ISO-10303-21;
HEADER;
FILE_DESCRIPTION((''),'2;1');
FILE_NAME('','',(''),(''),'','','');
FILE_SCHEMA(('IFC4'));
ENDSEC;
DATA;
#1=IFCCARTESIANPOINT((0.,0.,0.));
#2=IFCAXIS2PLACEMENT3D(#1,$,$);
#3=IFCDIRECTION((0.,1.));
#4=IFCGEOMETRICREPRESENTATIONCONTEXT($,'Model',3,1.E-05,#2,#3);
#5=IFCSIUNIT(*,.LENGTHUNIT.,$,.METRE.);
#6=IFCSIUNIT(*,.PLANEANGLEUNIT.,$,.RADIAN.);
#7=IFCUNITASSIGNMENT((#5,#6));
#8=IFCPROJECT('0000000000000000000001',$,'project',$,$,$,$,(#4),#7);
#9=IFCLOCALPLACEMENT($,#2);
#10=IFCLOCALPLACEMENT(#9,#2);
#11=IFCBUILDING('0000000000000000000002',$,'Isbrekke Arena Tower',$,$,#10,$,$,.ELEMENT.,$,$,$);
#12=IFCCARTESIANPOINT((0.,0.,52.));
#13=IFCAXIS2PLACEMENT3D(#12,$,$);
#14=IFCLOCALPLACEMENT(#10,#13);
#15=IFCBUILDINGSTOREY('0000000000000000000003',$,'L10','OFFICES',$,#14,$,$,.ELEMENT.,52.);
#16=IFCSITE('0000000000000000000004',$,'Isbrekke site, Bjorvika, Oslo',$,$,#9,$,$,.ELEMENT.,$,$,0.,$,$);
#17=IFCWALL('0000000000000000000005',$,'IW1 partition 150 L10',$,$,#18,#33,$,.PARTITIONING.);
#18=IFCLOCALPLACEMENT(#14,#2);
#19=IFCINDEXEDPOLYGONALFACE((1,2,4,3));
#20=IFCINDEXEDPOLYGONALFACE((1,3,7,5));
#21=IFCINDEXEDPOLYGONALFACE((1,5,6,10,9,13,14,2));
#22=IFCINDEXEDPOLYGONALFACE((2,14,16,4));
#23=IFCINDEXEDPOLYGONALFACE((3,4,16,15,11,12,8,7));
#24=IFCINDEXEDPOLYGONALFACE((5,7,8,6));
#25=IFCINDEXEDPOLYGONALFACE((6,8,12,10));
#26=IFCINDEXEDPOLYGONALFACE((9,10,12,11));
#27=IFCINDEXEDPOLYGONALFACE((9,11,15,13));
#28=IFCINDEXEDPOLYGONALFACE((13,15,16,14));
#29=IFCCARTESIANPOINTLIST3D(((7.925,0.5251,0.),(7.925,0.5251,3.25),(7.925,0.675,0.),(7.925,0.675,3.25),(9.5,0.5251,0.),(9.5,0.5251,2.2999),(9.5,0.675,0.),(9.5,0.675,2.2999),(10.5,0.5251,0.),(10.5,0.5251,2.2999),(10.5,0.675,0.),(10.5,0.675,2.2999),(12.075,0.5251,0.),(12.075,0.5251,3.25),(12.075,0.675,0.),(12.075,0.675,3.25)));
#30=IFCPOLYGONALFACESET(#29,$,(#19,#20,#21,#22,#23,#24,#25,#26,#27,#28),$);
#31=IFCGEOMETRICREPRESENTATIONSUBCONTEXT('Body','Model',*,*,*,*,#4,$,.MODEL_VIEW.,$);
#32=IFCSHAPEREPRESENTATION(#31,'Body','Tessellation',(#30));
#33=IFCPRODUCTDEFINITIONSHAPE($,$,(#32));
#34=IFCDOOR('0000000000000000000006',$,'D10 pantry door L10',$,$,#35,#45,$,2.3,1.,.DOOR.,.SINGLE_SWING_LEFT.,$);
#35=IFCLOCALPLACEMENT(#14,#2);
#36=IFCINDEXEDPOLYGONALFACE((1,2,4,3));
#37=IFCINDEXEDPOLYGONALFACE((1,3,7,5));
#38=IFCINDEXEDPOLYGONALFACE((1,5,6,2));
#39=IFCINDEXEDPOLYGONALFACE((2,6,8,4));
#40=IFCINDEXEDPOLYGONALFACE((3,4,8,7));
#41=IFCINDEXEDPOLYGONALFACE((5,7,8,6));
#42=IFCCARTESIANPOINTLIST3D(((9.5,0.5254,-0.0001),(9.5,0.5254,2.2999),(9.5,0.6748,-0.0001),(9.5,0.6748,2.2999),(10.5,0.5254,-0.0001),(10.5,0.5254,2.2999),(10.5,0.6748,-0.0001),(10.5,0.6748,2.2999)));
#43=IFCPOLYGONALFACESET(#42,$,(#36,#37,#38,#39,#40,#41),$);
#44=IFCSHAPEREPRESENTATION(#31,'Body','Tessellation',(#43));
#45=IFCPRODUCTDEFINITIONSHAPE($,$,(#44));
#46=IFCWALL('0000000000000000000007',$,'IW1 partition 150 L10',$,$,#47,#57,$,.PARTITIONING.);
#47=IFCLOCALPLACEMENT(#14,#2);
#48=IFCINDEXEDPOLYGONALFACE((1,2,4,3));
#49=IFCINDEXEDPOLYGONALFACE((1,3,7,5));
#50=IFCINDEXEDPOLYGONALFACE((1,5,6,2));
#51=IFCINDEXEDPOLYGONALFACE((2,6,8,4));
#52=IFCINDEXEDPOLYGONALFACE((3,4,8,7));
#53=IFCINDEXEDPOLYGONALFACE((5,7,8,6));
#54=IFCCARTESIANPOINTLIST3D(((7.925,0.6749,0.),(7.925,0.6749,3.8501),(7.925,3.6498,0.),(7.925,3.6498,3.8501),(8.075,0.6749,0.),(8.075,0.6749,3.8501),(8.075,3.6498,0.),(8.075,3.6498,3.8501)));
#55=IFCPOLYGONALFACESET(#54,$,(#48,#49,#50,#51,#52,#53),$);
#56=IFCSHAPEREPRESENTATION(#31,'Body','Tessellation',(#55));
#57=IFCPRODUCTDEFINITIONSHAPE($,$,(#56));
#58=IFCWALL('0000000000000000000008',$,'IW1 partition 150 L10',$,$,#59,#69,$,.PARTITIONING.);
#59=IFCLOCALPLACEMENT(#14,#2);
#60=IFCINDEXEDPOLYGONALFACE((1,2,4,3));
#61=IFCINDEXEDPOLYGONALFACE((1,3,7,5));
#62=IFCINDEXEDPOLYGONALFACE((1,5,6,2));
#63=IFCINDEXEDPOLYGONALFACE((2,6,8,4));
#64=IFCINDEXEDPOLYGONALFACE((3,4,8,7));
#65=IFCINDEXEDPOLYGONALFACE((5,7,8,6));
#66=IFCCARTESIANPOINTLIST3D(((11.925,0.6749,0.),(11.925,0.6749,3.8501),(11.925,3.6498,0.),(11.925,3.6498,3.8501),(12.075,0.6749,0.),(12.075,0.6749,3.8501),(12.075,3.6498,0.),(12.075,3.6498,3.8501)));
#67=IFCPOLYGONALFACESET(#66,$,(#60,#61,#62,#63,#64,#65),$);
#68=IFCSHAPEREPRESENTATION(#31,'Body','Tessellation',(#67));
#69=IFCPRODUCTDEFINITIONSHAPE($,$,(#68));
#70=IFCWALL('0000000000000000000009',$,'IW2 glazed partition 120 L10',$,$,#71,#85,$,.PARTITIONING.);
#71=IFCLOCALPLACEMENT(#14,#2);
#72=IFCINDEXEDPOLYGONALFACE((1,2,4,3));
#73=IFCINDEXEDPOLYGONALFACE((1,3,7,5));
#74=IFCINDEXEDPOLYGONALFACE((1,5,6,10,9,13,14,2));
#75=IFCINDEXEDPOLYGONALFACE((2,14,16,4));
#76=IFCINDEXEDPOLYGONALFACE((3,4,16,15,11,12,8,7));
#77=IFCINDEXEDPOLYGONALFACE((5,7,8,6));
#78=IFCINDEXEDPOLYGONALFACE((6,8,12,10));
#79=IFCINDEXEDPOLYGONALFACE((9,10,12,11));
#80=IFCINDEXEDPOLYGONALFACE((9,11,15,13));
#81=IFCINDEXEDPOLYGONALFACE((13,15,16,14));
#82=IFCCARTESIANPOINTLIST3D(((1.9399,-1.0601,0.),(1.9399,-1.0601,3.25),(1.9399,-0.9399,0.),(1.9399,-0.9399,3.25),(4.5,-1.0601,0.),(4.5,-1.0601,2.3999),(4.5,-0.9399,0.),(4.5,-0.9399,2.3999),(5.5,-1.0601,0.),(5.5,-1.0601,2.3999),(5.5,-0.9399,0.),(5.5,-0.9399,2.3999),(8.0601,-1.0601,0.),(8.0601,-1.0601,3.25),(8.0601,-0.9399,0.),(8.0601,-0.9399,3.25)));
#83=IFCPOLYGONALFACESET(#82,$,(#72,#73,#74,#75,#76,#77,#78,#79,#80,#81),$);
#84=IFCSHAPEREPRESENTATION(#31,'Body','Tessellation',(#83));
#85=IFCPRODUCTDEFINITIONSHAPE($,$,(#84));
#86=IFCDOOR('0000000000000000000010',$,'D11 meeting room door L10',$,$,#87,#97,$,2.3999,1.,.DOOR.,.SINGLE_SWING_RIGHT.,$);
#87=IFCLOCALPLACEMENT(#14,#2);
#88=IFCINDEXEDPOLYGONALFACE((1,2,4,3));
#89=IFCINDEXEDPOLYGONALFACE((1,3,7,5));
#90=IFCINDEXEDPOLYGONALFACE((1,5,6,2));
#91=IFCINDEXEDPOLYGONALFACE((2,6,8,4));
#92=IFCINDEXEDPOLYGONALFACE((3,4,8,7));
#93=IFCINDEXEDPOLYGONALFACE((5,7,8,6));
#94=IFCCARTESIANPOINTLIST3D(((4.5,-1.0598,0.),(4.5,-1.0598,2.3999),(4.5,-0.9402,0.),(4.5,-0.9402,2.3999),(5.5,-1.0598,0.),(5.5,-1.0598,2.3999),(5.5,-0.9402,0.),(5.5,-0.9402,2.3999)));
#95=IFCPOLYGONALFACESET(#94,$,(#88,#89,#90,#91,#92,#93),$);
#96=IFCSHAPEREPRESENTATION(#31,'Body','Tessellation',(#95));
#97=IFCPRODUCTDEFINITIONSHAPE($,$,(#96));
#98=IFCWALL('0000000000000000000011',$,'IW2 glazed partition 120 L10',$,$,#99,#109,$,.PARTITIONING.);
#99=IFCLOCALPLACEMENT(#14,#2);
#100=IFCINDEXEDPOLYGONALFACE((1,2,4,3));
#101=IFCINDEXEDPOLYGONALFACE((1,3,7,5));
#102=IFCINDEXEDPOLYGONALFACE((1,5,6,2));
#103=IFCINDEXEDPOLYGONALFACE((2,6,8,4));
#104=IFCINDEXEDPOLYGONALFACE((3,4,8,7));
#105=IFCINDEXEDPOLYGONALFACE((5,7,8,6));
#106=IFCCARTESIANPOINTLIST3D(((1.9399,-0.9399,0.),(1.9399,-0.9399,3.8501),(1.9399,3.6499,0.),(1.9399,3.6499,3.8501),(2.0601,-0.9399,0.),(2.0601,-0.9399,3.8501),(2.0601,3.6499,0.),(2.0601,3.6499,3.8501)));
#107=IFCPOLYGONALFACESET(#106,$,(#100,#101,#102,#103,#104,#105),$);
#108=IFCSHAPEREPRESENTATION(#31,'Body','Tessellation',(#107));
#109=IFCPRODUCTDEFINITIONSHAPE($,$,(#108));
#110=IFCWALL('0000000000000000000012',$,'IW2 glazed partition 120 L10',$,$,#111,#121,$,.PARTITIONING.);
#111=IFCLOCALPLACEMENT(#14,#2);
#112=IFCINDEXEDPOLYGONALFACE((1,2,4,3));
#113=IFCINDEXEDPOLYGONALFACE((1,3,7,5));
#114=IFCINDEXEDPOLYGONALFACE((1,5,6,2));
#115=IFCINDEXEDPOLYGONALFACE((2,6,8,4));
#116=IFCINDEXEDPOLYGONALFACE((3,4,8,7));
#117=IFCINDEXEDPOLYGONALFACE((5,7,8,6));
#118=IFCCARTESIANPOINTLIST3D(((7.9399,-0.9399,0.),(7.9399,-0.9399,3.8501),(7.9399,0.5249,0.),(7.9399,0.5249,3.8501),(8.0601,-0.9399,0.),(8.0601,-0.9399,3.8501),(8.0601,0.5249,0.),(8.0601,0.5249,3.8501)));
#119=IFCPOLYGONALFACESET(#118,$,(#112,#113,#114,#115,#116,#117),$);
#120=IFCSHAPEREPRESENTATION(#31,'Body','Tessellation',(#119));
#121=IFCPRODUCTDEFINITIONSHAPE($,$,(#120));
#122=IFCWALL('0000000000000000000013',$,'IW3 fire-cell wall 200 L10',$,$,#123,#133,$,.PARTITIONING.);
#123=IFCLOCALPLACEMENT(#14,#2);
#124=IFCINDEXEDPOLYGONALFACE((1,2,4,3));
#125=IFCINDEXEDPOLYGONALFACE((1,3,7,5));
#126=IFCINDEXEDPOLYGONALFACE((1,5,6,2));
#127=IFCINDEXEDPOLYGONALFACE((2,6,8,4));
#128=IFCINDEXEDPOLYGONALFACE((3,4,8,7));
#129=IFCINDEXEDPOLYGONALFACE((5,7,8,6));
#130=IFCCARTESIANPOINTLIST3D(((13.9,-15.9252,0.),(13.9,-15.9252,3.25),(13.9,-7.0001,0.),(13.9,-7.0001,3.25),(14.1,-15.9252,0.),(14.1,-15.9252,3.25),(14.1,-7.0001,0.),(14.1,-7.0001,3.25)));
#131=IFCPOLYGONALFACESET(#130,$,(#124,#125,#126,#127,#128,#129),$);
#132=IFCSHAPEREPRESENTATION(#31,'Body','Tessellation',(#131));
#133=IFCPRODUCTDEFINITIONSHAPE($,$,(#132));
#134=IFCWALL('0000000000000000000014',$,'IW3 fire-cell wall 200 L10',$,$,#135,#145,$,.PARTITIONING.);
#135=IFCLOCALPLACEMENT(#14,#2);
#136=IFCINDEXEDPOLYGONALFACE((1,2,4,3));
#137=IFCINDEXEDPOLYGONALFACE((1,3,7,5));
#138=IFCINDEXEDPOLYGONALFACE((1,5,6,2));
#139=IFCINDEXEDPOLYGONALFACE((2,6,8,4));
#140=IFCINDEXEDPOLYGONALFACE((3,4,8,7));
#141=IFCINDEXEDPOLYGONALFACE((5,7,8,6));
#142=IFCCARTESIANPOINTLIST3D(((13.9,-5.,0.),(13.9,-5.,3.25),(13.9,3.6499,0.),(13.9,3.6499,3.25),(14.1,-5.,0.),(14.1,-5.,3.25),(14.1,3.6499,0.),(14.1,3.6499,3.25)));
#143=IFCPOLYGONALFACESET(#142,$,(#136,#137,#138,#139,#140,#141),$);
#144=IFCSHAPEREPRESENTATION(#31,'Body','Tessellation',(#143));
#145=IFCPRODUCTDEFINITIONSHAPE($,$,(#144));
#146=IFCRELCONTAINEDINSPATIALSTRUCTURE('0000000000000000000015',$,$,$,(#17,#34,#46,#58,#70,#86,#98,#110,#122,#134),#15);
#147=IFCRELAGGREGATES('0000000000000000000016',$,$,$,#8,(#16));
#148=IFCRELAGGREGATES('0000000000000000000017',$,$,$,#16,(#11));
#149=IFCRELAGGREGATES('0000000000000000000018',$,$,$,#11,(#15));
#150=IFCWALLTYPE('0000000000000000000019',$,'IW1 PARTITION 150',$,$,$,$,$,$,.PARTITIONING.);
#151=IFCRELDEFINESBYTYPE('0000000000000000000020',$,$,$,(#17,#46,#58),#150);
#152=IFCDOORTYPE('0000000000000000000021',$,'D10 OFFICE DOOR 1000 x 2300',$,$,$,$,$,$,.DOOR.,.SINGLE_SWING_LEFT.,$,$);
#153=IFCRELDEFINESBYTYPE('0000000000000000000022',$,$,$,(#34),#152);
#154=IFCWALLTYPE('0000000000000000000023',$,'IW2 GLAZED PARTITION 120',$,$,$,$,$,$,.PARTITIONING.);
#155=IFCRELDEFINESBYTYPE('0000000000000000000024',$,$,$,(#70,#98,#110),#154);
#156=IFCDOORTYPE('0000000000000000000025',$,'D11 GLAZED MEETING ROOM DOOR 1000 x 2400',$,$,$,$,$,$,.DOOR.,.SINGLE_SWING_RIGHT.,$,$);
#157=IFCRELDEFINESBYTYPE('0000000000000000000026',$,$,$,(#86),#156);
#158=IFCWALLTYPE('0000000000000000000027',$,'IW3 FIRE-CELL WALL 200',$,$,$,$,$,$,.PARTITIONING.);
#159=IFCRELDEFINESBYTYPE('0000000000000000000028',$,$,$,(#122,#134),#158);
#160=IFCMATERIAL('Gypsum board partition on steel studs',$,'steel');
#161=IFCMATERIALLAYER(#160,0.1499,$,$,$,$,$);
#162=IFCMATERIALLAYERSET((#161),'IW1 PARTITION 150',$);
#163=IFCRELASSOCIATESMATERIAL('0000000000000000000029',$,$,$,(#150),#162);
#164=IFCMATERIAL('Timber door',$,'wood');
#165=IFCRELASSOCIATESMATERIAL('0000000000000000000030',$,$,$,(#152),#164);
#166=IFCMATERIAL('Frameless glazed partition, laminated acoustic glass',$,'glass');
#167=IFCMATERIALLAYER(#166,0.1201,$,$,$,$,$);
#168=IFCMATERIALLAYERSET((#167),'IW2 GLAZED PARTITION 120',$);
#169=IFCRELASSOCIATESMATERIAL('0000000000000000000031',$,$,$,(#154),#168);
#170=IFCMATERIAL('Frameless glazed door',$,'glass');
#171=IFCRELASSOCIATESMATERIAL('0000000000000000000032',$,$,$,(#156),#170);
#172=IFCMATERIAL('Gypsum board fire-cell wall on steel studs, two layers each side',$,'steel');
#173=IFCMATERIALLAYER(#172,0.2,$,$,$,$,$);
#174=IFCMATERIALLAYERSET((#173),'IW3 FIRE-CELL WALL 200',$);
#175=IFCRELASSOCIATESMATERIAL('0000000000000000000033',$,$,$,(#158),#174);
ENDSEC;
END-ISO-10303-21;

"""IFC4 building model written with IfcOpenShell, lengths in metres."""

from ifc_helpers import new_model, si_unit, direction, frame, frame_2d, origin, place, context, subcontext, project, spatial, rectangle, extrude, material, layer, layer_set, type_object, element, fill, save


model = new_model("IFC4")

# Units and contexts
model_context = context("Model", 3, precision=1e-05, world=origin(), true_north=direction((0.0, 1.0)))
body_context = subcontext(model_context, "Body", "Model", "MODEL_VIEW")
ifc_project = project(units=[si_unit("LENGTHUNIT", "METRE"), si_unit("PLANEANGLEUNIT", "RADIAN")], contexts=[model_context])

# Site, building, storey
site_placement = place(None, origin())
site = spatial("IfcSite", under=ifc_project, at=site_placement, Name="Isbrekke site, Bjorvika, Oslo", CompositionType="ELEMENT", RefElevation=0.0)
building_placement = place(site_placement, origin())
building = spatial("IfcBuilding", under=site, at=building_placement, Name="Isbrekke Arena Tower", CompositionType="ELEMENT")
storey_placement = place(building_placement, frame((0.0, 0.0, 52.0)))
storey = spatial("IfcBuildingStorey", under=building, at=storey_placement, Name="L10", Description="OFFICES", CompositionType="ELEMENT", Elevation=52.0)

# Wall, opening, door
ifc_material_1 = material(Name="Gypsum board partition on steel studs", Category="steel")
ifc_layer_1 = layer(ifc_material_1, 0.1499)
ifc_layer_set_1 = layer_set([ifc_layer_1], Name="IW1 PARTITION 150")
wall_type_1 = type_object("IfcWallType", Name="IW1 PARTITION 150", PredefinedType="PARTITIONING", material=ifc_layer_set_1)
wall_1_placement = place(storey_placement, frame((7.925, 0.6001, 0.0), z_axis=(0.0, 0.0, 1.0), x_axis=(1.0, 0.0, 0.0)))
wall_1 = element("IfcWall", 1, at=wall_1_placement, inside=storey, type_object=wall_type_1, Name="IW1 partition 150 L10", PredefinedType="PARTITIONING", context=body_context, shape_type="SweptSolid", body=[
    extrude(rectangle(XDim=4.1499, YDim=0.1499, at=frame_2d((2.075, 0.0))), origin(), (0.0, 0.0, 1.0), 3.25),
])
opening_1_placement = place(wall_1_placement, frame((1.575, 0.0, 0.0)))
opening_1 = element("IfcOpeningElement", 2, at=opening_1_placement, cuts=wall_1, PredefinedType="OPENING", context=body_context, shape_type="SweptSolid", body=[
    extrude(rectangle(XDim=1.0, YDim=2.3, at=frame_2d((0.5, 1.1499))), frame((0.0, 0.0898, 0.0), z_axis=(0.0, -1.0, 0.0), x_axis=(1.0, 0.0, 0.0)), (0.0, 0.0, 1.0), 0.1797),
])
ifc_material_2 = material(Name="Timber door", Category="wood")
door_type_1 = type_object("IfcDoorType", Name="D10 OFFICE DOOR 1000 x 2300", OperationType="SINGLE_SWING_LEFT", PredefinedType="DOOR", material=ifc_material_2)
door_1_placement = place(opening_1_placement, origin())
door_1 = element("IfcDoor", 3, at=door_1_placement, inside=storey, type_object=door_type_1, Name="D10 pantry door L10", OperationType="SINGLE_SWING_LEFT", OverallHeight=2.3, OverallWidth=1.0, PredefinedType="DOOR", context=body_context, shape_type="SweptSolid", body=[
    extrude(rectangle(XDim=1.0, YDim=2.3, at=frame_2d((0.5, 1.1499))), frame((0.0, 0.0747, 0.0), z_axis=(0.0, -1.0, 0.0), x_axis=(1.0, 0.0, 0.0)), (0.0, 0.0, 1.0), 0.1494),
])
fill(opening_1, door_1)

# Walls
for number, where, z_axis, x_axis, name in (
    (4, (8.0, 0.675, 0.0), (0.0, 0.0, 1.0), (0.0, 1.0, 0.0), "IW1 partition 150 L10"),
    (5, (12.0, 0.675, 0.0), (0.0, 0.0, 1.0), (0.0, 1.0, 0.0), "IW1 partition 150 L10"),
):
    element("IfcWall", number, at=place(storey_placement, frame(where, z_axis=z_axis, x_axis=x_axis)), inside=storey, type_object=wall_type_1, Name=name, PredefinedType="PARTITIONING", context=body_context, shape_type="SweptSolid", body=[
        extrude(rectangle(XDim=2.9749, YDim=0.1499, at=frame_2d((1.4873, 0.0))), origin(), (0.0, 0.0, 1.0), 3.8501),
    ])

# Wall, opening, door
ifc_material_3 = material(Name="Frameless glazed partition, laminated acoustic glass", Category="glass")
ifc_layer_2 = layer(ifc_material_3, 0.1201)
ifc_layer_set_2 = layer_set([ifc_layer_2], Name="IW2 GLAZED PARTITION 120")
wall_type_2 = type_object("IfcWallType", Name="IW2 GLAZED PARTITION 120", PredefinedType="PARTITIONING", material=ifc_layer_set_2)
wall_2_placement = place(storey_placement, frame((1.9399, -1.0, 0.0), z_axis=(0.0, 0.0, 1.0), x_axis=(1.0, 0.0, 0.0)))
wall_2 = element("IfcWall", 6, at=wall_2_placement, inside=storey, type_object=wall_type_2, Name="IW2 glazed partition 120 L10", PredefinedType="PARTITIONING", context=body_context, shape_type="SweptSolid", body=[
    extrude(rectangle(XDim=6.1201, YDim=0.1201, at=frame_2d((3.0601, 0.0))), origin(), (0.0, 0.0, 1.0), 3.25),
])
opening_2_placement = place(wall_2_placement, frame((2.5601, 0.0, 0.0)))
opening_2 = element("IfcOpeningElement", 7, at=opening_2_placement, cuts=wall_2, PredefinedType="OPENING", context=body_context, shape_type="SweptSolid", body=[
    extrude(rectangle(XDim=1.0, YDim=2.3999, at=frame_2d((0.5, 1.2))), frame((0.0, 0.075, 0.0), z_axis=(0.0, -1.0, 0.0), x_axis=(1.0, 0.0, 0.0)), (0.0, 0.0, 1.0), 0.1499),
])
ifc_material_4 = material(Name="Frameless glazed door", Category="glass")
door_type_2 = type_object("IfcDoorType", Name="D11 GLAZED MEETING ROOM DOOR 1000 x 2400", OperationType="SINGLE_SWING_RIGHT", PredefinedType="DOOR", material=ifc_material_4)
door_2_placement = place(opening_2_placement, origin())
door_2 = element("IfcDoor", 8, at=door_2_placement, inside=storey, type_object=door_type_2, Name="D11 meeting room door L10", OperationType="SINGLE_SWING_RIGHT", OverallHeight=2.3999, OverallWidth=1.0, PredefinedType="DOOR", context=body_context, shape_type="SweptSolid", body=[
    extrude(rectangle(XDim=1.0, YDim=2.3999, at=frame_2d((0.5, 1.2))), frame((0.0, 0.0598, 0.0), z_axis=(0.0, -1.0, 0.0), x_axis=(1.0, 0.0, 0.0)), (0.0, 0.0, 1.0), 0.1196),
])
fill(opening_2, door_2)

# Walls
wall_3_placement = place(storey_placement, frame((2.0, -0.9399, 0.0), z_axis=(0.0, 0.0, 1.0), x_axis=(0.0, 1.0, 0.0)))
element("IfcWall", 9, at=wall_3_placement, inside=storey, type_object=wall_type_2, Name="IW2 glazed partition 120 L10", PredefinedType="PARTITIONING", context=body_context, shape_type="SweptSolid", body=[
    extrude(rectangle(XDim=4.5898, YDim=0.1201, at=frame_2d((2.2949, 0.0))), origin(), (0.0, 0.0, 1.0), 3.8501),
])
wall_4_placement = place(storey_placement, frame((8.0, -0.9399, 0.0), z_axis=(0.0, 0.0, 1.0), x_axis=(0.0, 1.0, 0.0)))
element("IfcWall", 10, at=wall_4_placement, inside=storey, type_object=wall_type_2, Name="IW2 glazed partition 120 L10", PredefinedType="PARTITIONING", context=body_context, shape_type="SweptSolid", body=[
    extrude(rectangle(XDim=1.4648, YDim=0.1201, at=frame_2d((0.7324, 0.0))), origin(), (0.0, 0.0, 1.0), 3.8501),
])
ifc_material_5 = material(Name="Gypsum board fire-cell wall on steel studs, two layers each side", Category="steel")
ifc_layer_3 = layer(ifc_material_5, 0.2)
ifc_layer_set_3 = layer_set([ifc_layer_3], Name="IW3 FIRE-CELL WALL 200")
wall_type_3 = type_object("IfcWallType", Name="IW3 FIRE-CELL WALL 200", PredefinedType="PARTITIONING", material=ifc_layer_set_3)
wall_5_placement = place(storey_placement, frame((14.0, -15.925, 0.0), z_axis=(0.0, 0.0, 1.0), x_axis=(0.0, 1.0, 0.0)))
element("IfcWall", 11, at=wall_5_placement, inside=storey, type_object=wall_type_3, Name="IW3 fire-cell wall 200 L10", PredefinedType="PARTITIONING", context=body_context, shape_type="SweptSolid", body=[
    extrude(rectangle(XDim=8.925, YDim=0.2, at=frame_2d((4.4624, 0.0))), origin(), (0.0, 0.0, 1.0), 3.25),
])
wall_6_placement = place(storey_placement, frame((14.0, -5.0, 0.0), z_axis=(0.0, 0.0, 1.0), x_axis=(0.0, 1.0, 0.0)))
element("IfcWall", 12, at=wall_6_placement, inside=storey, type_object=wall_type_3, Name="IW3 fire-cell wall 200 L10", PredefinedType="PARTITIONING", context=body_context, shape_type="SweptSolid", body=[
    extrude(rectangle(XDim=8.6499, YDim=0.2, at=frame_2d((4.325, 0.0))), origin(), (0.0, 0.0, 1.0), 3.25),
])

save(model, "model.ifc")
